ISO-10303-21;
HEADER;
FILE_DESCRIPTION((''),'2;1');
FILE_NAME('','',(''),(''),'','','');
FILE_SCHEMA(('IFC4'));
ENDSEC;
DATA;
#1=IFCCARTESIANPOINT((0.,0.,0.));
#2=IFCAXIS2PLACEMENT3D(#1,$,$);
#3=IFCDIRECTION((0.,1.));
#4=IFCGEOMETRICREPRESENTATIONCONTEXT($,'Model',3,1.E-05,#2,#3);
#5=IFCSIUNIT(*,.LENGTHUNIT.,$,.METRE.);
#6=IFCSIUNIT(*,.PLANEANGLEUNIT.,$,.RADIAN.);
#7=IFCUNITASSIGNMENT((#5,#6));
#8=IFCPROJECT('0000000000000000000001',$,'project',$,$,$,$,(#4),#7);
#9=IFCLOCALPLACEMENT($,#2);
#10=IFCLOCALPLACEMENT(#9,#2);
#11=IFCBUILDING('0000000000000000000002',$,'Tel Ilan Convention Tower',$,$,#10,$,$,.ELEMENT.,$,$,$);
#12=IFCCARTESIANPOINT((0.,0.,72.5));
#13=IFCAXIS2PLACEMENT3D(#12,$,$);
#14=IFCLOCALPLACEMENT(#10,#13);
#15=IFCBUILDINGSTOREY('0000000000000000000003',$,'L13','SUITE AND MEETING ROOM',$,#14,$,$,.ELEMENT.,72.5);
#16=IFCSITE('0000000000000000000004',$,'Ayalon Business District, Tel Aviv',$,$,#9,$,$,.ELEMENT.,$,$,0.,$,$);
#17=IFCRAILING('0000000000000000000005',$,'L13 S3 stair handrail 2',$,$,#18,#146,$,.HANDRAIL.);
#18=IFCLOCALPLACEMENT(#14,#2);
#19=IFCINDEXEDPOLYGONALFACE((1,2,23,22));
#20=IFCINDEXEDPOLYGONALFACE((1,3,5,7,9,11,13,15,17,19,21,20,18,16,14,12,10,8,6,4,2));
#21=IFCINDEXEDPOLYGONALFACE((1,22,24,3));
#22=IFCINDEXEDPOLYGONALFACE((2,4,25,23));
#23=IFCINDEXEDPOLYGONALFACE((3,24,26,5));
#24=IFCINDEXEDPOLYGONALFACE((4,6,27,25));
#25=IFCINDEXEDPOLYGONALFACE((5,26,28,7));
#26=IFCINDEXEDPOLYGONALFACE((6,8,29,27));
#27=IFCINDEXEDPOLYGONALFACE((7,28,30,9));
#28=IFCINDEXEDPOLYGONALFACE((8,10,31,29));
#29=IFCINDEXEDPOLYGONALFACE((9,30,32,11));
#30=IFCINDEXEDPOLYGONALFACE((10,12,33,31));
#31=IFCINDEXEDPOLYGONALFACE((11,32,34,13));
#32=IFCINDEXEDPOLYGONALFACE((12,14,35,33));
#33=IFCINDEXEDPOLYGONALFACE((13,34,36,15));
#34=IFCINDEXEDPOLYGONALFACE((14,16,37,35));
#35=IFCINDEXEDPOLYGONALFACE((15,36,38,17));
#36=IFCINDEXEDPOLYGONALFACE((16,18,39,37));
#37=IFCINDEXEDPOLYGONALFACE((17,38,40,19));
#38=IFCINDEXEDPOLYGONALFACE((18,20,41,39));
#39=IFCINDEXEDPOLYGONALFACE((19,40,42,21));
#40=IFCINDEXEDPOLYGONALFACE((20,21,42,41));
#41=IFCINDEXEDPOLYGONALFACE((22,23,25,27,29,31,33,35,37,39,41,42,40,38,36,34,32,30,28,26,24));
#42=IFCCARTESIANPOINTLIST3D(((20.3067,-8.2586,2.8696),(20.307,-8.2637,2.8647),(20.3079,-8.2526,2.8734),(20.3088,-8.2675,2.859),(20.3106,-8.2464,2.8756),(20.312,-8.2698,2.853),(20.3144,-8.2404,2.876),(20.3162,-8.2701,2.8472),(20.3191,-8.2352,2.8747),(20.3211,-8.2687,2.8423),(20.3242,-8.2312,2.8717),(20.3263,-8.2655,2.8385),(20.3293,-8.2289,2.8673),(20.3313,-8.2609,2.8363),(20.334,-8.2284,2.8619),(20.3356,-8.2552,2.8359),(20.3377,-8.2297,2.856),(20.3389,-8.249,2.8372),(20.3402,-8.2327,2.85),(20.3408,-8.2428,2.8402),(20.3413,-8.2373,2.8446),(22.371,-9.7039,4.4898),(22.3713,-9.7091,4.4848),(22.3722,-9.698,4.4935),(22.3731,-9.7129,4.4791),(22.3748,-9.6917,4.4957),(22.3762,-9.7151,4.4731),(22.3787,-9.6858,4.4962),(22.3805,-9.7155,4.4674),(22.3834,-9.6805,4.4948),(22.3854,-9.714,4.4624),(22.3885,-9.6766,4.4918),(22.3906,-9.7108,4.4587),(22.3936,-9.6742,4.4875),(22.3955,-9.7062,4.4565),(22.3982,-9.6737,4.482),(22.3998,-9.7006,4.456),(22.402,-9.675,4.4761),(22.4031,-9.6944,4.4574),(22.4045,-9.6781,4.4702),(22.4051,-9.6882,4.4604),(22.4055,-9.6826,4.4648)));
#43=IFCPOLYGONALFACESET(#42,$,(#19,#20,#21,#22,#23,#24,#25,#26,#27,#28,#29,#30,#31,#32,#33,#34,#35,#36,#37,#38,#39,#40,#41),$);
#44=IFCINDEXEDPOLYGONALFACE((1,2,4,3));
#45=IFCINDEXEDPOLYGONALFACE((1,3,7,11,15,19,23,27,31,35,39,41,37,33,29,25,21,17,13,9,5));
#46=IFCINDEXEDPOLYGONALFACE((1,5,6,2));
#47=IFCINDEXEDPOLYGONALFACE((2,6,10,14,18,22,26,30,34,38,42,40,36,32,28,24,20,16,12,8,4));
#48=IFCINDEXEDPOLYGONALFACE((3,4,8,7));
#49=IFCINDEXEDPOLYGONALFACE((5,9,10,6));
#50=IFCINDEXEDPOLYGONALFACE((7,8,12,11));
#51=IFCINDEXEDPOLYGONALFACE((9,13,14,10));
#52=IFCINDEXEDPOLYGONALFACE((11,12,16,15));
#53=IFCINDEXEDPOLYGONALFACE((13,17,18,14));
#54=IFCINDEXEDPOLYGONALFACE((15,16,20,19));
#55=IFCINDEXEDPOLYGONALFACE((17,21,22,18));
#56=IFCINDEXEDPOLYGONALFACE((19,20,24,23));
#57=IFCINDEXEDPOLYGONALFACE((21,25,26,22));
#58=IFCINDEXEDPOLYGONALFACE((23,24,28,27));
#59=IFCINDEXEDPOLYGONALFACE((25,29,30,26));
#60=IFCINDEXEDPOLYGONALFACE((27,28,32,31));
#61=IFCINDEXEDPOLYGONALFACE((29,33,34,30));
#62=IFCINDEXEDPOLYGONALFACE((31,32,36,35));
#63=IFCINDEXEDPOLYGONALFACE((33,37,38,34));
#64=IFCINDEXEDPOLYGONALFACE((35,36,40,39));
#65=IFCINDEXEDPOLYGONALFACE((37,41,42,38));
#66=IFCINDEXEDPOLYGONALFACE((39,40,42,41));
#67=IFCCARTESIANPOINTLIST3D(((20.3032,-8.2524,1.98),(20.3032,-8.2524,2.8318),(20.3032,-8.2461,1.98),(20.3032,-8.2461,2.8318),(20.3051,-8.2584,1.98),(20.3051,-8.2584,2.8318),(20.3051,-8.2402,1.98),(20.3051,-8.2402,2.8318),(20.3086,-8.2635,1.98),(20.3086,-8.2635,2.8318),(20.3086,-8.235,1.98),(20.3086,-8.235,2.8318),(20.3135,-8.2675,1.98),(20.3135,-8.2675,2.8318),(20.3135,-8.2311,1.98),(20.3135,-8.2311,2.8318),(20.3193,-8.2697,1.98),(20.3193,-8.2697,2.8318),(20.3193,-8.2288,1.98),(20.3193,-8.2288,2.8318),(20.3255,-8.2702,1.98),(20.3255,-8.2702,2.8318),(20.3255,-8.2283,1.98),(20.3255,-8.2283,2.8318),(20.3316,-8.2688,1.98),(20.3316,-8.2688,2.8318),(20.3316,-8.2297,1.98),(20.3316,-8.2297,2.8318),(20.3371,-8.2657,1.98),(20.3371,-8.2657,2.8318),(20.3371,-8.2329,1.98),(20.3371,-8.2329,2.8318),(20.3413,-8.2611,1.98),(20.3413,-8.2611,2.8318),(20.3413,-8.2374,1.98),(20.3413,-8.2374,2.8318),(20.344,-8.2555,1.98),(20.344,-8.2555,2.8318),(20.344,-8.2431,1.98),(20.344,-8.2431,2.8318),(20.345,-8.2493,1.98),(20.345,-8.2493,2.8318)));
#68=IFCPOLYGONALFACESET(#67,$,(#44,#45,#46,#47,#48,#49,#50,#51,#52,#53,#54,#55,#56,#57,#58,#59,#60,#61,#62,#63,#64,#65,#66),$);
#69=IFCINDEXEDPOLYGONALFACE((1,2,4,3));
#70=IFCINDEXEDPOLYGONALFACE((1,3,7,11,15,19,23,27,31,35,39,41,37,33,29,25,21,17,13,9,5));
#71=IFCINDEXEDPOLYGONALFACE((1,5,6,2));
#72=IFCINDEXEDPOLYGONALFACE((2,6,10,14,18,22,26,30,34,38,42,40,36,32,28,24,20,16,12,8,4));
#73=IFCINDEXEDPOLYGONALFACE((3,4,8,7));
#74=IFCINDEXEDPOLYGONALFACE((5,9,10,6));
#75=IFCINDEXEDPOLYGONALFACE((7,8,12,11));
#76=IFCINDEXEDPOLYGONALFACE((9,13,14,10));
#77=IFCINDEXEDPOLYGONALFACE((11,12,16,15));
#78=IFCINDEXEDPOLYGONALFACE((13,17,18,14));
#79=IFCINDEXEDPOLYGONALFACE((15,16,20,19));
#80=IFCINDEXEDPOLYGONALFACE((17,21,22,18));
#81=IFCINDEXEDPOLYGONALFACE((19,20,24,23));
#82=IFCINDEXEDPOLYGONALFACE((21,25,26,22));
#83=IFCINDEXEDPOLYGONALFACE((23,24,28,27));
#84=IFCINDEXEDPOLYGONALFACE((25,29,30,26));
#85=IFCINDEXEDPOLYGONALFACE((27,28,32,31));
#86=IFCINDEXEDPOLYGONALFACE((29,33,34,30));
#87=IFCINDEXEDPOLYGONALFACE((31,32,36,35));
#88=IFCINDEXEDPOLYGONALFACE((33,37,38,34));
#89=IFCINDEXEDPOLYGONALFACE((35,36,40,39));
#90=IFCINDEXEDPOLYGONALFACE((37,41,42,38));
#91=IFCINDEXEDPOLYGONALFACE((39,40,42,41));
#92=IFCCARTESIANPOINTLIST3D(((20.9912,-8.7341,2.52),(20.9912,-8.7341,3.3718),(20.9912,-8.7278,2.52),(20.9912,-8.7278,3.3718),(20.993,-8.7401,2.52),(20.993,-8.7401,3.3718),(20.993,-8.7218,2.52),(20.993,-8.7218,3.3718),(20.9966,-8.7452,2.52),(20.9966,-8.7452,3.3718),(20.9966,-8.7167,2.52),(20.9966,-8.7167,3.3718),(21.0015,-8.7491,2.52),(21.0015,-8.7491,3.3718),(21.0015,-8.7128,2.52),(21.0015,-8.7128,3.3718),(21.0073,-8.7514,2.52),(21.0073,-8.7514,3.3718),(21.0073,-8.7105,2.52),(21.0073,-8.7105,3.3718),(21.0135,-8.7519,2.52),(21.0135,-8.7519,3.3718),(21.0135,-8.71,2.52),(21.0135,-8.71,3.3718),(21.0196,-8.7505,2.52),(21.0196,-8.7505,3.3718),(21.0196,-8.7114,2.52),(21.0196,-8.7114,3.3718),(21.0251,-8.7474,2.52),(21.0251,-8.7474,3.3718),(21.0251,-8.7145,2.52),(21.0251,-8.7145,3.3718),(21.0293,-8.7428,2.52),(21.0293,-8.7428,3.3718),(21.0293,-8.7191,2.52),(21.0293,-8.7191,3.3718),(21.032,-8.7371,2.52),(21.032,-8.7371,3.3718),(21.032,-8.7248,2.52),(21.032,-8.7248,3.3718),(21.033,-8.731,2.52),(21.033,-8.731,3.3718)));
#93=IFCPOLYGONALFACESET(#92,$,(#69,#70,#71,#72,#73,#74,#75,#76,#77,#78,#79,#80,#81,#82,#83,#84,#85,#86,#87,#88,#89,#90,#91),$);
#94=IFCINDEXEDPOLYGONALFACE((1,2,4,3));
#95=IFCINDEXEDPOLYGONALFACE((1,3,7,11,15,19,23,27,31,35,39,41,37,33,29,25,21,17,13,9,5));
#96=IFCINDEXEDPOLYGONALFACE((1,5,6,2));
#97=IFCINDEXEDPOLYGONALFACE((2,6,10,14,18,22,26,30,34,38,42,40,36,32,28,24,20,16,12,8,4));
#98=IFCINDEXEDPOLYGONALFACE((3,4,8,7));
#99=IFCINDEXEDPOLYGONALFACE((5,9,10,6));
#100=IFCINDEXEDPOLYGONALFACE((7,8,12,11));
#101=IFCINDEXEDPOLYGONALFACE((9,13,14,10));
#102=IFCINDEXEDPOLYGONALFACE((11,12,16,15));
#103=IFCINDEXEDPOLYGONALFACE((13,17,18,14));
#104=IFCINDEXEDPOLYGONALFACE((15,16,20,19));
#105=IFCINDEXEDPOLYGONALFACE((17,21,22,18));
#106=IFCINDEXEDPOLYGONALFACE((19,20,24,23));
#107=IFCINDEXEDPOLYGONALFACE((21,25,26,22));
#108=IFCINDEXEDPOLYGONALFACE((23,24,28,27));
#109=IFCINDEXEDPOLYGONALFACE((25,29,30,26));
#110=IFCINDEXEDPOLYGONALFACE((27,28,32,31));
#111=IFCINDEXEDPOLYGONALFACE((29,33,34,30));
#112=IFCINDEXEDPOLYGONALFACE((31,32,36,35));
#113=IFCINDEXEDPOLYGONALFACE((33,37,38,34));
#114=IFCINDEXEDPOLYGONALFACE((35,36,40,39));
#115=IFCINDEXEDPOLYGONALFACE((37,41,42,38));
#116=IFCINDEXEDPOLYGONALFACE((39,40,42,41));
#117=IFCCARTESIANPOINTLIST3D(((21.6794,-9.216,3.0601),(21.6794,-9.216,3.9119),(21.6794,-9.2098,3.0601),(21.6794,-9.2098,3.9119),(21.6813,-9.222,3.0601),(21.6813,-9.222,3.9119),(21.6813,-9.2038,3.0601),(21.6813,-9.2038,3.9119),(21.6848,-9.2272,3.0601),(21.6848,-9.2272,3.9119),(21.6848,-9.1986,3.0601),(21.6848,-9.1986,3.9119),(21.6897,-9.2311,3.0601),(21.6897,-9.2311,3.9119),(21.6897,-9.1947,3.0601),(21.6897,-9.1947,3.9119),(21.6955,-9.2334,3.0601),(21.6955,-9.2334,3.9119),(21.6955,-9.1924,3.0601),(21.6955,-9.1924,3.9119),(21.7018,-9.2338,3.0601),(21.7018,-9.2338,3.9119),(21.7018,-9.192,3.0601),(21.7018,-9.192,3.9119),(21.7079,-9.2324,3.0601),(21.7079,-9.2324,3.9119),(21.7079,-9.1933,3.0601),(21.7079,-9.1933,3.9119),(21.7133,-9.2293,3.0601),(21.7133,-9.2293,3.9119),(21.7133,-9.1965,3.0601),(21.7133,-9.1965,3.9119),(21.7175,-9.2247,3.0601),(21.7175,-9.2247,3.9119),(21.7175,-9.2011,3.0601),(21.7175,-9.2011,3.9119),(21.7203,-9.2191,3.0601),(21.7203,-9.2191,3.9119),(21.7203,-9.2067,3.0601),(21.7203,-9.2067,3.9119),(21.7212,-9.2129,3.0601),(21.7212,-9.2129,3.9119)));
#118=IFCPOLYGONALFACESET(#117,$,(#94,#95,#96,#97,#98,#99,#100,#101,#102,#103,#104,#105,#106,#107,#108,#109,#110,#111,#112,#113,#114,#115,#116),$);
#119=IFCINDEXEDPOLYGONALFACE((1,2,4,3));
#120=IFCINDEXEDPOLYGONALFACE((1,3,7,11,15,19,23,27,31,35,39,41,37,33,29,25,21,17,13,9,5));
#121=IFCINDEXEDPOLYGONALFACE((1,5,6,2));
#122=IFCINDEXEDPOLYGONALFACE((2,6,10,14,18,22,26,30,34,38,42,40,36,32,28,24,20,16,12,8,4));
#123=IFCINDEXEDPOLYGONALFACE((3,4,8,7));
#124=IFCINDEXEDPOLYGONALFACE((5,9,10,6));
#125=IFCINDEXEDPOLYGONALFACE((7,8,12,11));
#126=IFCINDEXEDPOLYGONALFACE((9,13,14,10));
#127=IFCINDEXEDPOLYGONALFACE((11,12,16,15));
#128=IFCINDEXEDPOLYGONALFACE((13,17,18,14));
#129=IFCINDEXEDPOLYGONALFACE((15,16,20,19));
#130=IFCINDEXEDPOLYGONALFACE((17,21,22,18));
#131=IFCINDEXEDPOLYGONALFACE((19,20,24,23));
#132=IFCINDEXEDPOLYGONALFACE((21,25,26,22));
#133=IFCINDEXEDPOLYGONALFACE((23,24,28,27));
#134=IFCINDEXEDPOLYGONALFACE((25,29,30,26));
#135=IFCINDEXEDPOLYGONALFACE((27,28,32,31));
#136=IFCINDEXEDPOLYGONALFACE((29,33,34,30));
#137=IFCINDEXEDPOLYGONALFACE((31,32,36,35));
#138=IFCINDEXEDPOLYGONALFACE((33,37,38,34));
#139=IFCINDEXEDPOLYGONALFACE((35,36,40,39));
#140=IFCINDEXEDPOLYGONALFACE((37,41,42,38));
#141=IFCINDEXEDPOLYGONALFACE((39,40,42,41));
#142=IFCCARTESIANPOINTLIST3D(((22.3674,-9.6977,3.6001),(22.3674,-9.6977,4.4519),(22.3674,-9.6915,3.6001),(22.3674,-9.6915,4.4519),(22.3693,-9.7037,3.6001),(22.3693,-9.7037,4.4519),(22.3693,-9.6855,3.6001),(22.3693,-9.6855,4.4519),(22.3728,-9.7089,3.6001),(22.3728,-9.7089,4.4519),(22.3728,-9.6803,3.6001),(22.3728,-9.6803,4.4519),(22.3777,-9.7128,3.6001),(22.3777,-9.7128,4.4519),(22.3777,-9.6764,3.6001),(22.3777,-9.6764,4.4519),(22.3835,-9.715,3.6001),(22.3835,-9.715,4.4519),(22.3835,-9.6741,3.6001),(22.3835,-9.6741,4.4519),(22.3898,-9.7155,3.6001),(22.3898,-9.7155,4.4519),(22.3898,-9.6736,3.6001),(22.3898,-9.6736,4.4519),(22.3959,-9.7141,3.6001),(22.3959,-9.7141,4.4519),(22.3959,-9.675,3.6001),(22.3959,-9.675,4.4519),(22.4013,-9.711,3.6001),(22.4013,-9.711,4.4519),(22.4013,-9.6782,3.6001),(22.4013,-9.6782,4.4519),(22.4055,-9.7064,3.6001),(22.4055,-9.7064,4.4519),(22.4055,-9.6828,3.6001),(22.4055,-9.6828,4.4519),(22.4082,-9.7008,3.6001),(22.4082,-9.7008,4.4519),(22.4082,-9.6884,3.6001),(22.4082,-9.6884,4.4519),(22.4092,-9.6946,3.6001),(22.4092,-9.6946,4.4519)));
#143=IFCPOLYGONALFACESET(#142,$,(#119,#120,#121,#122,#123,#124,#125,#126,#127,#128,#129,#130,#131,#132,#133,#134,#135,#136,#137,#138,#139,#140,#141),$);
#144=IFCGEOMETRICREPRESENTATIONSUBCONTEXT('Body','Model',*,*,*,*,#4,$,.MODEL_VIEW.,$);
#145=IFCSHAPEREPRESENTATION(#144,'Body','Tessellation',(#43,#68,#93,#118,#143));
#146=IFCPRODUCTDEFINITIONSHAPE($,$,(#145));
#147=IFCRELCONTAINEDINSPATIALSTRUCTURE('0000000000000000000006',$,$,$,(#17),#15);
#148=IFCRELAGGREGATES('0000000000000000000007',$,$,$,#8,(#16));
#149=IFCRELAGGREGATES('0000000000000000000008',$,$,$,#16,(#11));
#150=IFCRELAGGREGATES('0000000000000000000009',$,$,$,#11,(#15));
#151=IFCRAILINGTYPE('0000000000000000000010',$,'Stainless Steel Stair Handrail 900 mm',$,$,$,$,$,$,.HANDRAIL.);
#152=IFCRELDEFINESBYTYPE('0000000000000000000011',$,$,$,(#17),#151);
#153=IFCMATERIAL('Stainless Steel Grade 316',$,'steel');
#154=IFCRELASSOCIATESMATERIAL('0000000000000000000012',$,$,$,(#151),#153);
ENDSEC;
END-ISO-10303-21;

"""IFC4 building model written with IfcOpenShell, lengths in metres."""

from ifc_helpers import new_model, si_unit, direction, frame, origin, origin_2d, place, context, subcontext, project, spatial, circle, extrude, material, type_object, element, save


model = new_model("IFC4")

# Units and contexts
model_context = context("Model", 3, precision=1e-05, world=origin(), true_north=direction((0.0, 1.0)))
body_context = subcontext(model_context, "Body", "Model", "MODEL_VIEW")
ifc_project = project(units=[si_unit("LENGTHUNIT", "METRE"), si_unit("PLANEANGLEUNIT", "RADIAN")], contexts=[model_context])

# Site, building, storey
site_placement = place(None, origin())
site = spatial("IfcSite", under=ifc_project, at=site_placement, Name="Ayalon Business District, Tel Aviv", CompositionType="ELEMENT", RefElevation=0.0)
building_placement = place(site_placement, origin())
building = spatial("IfcBuilding", under=site, at=building_placement, Name="Tel Ilan Convention Tower", CompositionType="ELEMENT")
storey_placement = place(building_placement, frame((0.0, 0.0, 72.5)))
storey = spatial("IfcBuildingStorey", under=building, at=storey_placement, Name="L13", Description="SUITE AND MEETING ROOM", CompositionType="ELEMENT", Elevation=72.5)

# Railing
ifc_material_1 = material(Name="Stainless Steel Grade 316", Category="steel")
railing_type_1 = type_object("IfcRailingType", Name="Stainless Steel Stair Handrail 900 mm", PredefinedType="HANDRAIL", material=ifc_material_1)
railing_1_placement = place(storey_placement, frame((20.324, -8.2493, 1.98)))
element("IfcRailing", 1, at=railing_1_placement, inside=storey, type_object=railing_type_1, Name="L13 S3 stair handrail 2", PredefinedType="HANDRAIL", context=body_context, shape_type="SweptSolid", body=[
    extrude(circle(Radius=0.0239, at=origin_2d()), frame((0.0, 0.0, 0.876), z_axis=(0.68904, -0.48245, 0.540801), x_axis=(0.57356, 0.819164, 0.0)), (0.0, 0.0, 1.0), 2.9958),
    extrude(circle(Radius=0.021, at=origin_2d()), origin(), (0.0, 0.0, 1.0), 0.8518),
    extrude(circle(Radius=0.021, at=origin_2d()), frame((0.688, -0.4817, 0.54)), (0.0, 0.0, 1.0), 0.8518),
    extrude(circle(Radius=0.021, at=origin_2d()), frame((1.3762, -0.9636, 1.0801)), (0.0, 0.0, 1.0), 0.8518),
    extrude(circle(Radius=0.021, at=origin_2d()), frame((2.0642, -1.4453, 1.6201)), (0.0, 0.0, 1.0), 0.8518),
])

save(model, "model.ifc")
